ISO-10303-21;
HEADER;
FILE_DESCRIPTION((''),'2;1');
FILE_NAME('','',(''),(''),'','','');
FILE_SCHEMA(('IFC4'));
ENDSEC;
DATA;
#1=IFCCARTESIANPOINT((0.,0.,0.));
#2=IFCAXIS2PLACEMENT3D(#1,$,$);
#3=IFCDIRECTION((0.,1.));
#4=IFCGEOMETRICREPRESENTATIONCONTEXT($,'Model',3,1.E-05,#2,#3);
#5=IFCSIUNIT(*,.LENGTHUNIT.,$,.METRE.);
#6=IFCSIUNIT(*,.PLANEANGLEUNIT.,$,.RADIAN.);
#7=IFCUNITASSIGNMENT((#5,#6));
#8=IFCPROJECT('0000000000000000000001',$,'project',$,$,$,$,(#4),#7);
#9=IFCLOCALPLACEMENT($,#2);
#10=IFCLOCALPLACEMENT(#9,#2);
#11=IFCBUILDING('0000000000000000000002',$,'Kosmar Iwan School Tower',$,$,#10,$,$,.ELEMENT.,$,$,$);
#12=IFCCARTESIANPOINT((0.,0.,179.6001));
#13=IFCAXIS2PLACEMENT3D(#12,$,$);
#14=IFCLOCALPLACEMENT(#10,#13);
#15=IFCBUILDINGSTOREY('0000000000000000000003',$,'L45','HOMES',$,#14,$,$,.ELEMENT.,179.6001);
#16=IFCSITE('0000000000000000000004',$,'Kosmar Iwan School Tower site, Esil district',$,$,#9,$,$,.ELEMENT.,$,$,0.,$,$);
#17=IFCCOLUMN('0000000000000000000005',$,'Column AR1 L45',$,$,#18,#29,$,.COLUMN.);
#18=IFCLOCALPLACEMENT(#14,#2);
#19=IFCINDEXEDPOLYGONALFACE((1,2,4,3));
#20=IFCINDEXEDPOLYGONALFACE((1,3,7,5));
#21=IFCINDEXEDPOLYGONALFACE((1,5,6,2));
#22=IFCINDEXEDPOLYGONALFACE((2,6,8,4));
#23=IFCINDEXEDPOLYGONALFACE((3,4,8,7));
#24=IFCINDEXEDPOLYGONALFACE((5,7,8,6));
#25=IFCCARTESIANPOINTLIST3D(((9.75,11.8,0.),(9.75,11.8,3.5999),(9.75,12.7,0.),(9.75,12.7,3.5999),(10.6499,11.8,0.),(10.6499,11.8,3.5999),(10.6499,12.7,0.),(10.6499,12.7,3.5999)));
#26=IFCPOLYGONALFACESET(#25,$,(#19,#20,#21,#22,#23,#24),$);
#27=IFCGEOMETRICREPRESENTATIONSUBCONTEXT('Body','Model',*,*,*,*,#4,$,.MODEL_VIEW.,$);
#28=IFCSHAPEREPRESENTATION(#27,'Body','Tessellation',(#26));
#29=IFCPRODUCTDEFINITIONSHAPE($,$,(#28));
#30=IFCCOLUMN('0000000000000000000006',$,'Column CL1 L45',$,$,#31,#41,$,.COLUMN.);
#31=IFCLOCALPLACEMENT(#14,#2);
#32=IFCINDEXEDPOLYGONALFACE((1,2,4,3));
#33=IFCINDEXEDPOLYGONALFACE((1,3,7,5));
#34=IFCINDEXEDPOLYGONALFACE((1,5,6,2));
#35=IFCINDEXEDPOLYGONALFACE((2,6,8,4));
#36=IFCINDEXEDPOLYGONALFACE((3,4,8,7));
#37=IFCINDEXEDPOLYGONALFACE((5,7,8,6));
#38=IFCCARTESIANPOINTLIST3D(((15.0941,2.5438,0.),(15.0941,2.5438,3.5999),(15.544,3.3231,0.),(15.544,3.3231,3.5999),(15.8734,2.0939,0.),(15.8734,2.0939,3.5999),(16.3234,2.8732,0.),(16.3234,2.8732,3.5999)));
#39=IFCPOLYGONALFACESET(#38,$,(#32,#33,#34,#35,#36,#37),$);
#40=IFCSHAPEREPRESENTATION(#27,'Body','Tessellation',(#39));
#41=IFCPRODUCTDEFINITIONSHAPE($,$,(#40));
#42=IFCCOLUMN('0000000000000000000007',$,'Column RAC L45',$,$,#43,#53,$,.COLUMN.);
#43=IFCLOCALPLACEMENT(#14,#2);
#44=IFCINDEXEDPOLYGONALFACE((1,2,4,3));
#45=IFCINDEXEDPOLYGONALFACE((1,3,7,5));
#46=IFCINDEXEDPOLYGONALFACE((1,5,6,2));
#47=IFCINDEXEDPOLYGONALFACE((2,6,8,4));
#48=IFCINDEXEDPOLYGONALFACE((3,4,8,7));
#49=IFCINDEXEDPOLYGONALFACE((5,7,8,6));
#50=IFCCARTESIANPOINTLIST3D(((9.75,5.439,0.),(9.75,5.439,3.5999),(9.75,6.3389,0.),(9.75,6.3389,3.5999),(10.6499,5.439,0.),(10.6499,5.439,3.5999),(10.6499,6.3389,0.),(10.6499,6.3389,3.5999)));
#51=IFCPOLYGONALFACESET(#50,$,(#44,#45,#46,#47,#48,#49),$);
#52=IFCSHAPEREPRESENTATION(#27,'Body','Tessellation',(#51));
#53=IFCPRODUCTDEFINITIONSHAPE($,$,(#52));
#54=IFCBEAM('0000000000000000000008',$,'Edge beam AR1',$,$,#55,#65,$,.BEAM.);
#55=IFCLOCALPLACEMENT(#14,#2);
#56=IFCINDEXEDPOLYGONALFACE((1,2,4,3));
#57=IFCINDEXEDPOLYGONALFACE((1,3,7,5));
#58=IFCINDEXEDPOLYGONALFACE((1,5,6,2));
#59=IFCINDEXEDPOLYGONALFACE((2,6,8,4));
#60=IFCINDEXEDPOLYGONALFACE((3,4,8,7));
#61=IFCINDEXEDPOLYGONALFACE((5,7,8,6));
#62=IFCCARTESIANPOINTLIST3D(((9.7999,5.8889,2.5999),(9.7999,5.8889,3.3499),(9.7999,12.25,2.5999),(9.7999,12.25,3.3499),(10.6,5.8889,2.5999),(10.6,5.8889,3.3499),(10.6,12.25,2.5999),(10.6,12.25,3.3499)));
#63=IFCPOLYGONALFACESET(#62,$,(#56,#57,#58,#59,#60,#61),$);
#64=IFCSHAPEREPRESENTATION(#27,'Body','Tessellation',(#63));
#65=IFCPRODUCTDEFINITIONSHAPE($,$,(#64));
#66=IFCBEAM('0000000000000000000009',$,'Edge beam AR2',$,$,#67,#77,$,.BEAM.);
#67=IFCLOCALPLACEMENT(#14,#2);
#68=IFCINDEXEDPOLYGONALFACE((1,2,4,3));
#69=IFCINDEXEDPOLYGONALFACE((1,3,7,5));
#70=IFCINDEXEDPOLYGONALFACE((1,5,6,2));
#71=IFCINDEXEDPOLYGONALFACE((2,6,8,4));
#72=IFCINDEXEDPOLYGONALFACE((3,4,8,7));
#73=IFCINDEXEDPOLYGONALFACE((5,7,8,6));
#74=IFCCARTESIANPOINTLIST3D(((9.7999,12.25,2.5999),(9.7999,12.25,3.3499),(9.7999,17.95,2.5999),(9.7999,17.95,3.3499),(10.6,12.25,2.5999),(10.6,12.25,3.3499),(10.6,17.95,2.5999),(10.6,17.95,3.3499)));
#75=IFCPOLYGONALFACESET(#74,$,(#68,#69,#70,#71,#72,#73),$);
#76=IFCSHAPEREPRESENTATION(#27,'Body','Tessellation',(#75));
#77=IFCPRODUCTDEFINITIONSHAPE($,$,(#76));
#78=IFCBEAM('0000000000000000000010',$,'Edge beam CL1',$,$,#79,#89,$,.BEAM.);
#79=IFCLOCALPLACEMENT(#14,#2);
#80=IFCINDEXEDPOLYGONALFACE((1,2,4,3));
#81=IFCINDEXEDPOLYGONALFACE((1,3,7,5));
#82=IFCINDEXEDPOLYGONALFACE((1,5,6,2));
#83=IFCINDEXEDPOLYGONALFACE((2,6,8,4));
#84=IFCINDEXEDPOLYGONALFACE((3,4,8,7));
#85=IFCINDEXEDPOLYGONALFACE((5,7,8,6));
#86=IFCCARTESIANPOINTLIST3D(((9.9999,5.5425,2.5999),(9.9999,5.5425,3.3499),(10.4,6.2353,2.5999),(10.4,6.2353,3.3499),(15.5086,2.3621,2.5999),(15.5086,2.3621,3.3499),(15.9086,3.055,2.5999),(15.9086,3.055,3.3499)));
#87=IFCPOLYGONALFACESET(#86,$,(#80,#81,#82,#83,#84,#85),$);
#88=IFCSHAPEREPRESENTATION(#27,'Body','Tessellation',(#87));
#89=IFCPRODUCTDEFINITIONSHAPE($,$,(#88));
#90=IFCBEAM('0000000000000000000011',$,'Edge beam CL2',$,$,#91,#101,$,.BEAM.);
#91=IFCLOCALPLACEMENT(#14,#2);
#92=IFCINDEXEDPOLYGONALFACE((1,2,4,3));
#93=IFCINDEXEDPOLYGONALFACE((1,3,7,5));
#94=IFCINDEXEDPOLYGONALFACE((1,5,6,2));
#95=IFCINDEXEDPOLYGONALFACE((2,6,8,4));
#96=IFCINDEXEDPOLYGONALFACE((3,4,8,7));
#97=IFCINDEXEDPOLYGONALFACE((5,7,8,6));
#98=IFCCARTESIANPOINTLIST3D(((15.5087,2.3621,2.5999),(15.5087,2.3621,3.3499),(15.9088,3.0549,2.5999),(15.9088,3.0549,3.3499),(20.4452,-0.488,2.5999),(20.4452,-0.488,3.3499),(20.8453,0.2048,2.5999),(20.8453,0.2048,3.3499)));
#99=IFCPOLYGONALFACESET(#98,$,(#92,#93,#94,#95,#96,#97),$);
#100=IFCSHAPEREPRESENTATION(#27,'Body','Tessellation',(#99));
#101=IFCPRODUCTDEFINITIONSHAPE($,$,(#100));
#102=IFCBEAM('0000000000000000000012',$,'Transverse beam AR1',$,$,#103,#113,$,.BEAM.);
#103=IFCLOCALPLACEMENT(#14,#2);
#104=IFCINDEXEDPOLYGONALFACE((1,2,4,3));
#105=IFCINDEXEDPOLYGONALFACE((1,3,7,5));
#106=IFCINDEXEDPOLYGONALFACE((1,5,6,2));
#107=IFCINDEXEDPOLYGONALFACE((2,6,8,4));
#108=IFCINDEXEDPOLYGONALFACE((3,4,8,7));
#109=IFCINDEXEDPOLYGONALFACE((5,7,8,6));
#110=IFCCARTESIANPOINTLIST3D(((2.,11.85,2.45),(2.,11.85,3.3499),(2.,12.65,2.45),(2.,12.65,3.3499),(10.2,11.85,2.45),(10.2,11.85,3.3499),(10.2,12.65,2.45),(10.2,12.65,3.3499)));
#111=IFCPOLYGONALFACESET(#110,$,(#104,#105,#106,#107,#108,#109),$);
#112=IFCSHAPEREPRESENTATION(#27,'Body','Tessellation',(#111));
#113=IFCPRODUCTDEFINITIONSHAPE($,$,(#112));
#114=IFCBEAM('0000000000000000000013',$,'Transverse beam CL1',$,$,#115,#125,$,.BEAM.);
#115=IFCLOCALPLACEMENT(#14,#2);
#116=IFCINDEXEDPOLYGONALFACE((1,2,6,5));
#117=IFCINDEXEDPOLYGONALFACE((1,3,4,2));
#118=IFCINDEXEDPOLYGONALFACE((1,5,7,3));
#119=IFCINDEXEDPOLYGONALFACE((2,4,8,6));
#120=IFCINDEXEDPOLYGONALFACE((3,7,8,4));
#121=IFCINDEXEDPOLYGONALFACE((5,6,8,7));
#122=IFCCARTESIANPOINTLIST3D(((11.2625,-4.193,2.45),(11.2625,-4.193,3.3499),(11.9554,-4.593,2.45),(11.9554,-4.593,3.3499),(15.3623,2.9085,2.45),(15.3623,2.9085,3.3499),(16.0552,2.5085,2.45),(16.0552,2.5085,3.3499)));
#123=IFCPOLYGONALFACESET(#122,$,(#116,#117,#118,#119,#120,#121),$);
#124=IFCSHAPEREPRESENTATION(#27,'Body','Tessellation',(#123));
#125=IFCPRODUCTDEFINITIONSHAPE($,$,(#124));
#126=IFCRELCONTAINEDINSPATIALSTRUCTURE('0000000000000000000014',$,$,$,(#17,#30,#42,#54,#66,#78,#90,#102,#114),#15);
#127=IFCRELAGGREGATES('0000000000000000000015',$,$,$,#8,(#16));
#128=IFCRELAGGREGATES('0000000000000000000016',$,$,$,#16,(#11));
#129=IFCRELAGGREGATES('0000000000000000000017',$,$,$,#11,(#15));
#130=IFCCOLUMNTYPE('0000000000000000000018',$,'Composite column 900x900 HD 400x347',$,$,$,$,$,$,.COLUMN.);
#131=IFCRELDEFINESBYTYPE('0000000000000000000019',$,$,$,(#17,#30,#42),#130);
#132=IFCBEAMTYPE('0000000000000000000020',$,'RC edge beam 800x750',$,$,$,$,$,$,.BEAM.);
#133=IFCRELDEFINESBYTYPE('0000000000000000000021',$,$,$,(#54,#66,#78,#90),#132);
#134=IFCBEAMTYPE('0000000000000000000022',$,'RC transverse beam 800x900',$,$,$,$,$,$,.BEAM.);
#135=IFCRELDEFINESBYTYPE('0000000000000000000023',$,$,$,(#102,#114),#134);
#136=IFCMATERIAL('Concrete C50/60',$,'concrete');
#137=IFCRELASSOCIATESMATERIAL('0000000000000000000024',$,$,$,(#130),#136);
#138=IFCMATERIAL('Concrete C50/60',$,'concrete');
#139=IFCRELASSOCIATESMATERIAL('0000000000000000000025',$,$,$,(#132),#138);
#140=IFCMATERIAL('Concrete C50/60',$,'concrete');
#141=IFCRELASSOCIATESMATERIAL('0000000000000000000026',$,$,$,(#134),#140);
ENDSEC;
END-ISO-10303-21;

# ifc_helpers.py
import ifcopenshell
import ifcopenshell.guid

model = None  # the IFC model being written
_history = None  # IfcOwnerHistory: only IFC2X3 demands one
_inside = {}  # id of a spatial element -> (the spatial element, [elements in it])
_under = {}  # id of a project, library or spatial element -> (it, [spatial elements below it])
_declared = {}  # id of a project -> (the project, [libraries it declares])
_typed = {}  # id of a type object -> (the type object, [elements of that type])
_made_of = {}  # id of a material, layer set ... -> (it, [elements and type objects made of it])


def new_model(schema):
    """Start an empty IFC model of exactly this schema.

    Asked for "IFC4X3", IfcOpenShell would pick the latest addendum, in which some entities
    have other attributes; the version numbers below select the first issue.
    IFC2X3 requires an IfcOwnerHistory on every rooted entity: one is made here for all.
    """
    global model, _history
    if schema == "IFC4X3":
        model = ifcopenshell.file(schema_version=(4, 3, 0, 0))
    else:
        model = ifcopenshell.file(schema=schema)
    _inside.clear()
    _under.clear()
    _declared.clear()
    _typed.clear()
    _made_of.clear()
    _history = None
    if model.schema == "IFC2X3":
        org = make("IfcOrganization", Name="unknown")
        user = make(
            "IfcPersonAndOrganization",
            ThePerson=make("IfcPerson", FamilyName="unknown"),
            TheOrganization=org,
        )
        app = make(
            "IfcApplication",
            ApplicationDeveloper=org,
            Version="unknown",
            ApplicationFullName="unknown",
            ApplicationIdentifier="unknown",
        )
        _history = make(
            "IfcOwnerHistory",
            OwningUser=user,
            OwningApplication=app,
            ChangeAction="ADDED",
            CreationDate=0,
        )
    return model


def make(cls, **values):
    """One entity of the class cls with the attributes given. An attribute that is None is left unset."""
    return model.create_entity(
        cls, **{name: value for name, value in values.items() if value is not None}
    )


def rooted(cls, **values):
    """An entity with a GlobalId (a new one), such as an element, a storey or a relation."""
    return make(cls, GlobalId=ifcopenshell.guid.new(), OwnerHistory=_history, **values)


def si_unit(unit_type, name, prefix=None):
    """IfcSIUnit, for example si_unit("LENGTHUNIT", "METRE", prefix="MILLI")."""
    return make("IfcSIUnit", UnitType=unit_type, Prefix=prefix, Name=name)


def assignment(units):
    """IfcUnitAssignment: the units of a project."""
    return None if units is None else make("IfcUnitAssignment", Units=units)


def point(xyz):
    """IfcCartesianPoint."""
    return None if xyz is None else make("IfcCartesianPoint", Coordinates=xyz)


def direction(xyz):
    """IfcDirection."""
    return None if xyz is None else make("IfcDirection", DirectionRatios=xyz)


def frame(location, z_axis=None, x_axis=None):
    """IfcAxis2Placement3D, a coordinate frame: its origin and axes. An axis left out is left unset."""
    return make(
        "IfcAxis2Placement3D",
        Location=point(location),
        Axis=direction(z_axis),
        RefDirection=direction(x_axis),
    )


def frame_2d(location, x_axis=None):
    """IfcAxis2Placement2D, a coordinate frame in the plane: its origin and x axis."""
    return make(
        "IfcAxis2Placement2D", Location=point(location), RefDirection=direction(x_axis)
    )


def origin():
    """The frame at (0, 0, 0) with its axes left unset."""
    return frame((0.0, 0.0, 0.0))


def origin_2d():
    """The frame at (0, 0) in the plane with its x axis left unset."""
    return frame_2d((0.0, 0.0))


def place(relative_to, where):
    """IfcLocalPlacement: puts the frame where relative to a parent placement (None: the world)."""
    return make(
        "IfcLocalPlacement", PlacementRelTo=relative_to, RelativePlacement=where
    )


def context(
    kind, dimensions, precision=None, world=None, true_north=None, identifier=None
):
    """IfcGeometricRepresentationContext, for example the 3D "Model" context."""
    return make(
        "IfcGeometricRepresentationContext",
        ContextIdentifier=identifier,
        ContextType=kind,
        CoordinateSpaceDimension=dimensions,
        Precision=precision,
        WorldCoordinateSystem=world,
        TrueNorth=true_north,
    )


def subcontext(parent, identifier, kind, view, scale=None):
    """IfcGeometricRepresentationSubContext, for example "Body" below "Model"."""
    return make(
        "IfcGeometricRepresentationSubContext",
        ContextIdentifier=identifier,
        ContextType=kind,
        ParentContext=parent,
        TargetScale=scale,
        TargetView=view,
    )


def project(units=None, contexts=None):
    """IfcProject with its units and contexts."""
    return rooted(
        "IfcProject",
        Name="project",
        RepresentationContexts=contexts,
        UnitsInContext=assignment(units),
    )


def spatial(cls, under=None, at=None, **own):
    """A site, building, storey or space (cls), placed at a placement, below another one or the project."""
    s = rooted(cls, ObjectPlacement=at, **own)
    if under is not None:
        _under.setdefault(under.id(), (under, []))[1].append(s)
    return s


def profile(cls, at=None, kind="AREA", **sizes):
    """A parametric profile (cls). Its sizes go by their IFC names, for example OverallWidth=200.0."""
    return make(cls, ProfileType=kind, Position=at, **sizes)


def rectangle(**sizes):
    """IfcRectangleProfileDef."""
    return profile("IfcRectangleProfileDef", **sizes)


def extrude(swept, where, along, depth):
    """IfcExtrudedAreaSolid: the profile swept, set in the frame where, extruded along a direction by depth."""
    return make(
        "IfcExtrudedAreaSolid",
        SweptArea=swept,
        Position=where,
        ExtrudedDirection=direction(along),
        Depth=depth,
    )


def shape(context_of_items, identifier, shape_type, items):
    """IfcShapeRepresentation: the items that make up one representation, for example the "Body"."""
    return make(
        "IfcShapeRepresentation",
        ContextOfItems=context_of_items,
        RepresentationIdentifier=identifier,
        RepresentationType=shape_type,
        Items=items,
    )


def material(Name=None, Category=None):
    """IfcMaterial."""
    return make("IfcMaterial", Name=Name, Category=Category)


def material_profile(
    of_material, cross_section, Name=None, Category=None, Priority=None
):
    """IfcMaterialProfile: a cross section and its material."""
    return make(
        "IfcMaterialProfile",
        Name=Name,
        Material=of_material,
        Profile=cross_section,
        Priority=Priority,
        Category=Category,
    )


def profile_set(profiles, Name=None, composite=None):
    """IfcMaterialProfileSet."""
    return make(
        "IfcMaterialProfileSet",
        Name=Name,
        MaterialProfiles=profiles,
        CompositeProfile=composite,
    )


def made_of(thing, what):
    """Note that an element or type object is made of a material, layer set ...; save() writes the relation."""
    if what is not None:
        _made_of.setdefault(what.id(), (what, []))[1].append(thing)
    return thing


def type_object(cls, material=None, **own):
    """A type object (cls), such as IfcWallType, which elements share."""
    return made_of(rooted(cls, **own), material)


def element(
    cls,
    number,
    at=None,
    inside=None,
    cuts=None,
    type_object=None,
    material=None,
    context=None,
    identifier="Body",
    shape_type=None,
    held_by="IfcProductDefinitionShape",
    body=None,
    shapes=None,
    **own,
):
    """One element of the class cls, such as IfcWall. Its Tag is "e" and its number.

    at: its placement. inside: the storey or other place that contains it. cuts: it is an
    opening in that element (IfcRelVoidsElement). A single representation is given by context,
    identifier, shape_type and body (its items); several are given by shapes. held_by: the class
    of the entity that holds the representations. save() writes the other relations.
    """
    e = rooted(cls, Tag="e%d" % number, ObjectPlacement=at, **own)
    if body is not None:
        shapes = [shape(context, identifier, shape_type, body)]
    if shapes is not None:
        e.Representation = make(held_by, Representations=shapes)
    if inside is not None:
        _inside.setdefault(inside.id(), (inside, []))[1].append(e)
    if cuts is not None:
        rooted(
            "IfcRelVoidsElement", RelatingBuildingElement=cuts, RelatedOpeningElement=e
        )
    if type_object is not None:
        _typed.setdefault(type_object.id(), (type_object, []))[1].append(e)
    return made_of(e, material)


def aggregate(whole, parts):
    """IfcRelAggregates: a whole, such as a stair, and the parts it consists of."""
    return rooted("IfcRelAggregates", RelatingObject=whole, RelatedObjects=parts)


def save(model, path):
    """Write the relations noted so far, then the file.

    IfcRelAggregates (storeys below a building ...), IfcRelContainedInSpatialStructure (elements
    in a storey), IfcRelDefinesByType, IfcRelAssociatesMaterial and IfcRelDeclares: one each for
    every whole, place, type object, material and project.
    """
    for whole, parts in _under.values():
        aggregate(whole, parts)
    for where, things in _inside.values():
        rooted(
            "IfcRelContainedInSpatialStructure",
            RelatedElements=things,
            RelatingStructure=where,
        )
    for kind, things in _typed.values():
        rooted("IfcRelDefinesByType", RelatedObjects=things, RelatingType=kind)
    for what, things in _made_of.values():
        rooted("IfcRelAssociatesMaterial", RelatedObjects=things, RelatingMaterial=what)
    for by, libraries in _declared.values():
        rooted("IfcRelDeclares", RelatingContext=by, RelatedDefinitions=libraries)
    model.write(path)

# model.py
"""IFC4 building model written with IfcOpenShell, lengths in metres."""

from ifc_helpers import new_model, si_unit, direction, frame, origin, origin_2d, place, context, subcontext, project, spatial, rectangle, extrude, material, material_profile, profile_set, type_object, element, save


model = new_model("IFC4")

# Units and contexts
model_context = context("Model", 3, precision=1e-05, world=origin(), true_north=direction((0.0, 1.0)))
body_context = subcontext(model_context, "Body", "Model", "MODEL_VIEW")
ifc_project = project(units=[si_unit("LENGTHUNIT", "METRE"), si_unit("PLANEANGLEUNIT", "RADIAN")], contexts=[model_context])

# Site, building, storey
site_placement = place(None, origin())
site = spatial("IfcSite", under=ifc_project, at=site_placement, Name="Kosmar Iwan School Tower site, Esil district", CompositionType="ELEMENT", RefElevation=0.0)
building_placement = place(site_placement, origin())
building = spatial("IfcBuilding", under=site, at=building_placement, Name="Kosmar Iwan School Tower", CompositionType="ELEMENT")
storey_placement = place(building_placement, frame((0.0, 0.0, 179.6001)))
storey = spatial("IfcBuildingStorey", under=building, at=storey_placement, Name="L45", Description="HOMES", CompositionType="ELEMENT", Elevation=179.6001)

# Columns
ifc_material_1 = material(Name="Concrete C50/60", Category="concrete")
ifc_material_profile_1 = material_profile(ifc_material_1, rectangle(XDim=0.8999, YDim=0.8999, at=origin_2d()), Name="RC 900x900 + HD 400x347")
ifc_profile_set_1 = profile_set([ifc_material_profile_1], Name="Concrete C50/60")
column_type = type_object("IfcColumnType", Name="Composite column 900x900 HD 400x347", PredefinedType="COLUMN", material=ifc_profile_set_1)
for number, where, z_axis, x_axis, name in (
    (1, (10.2, 12.25, 0.0), (0.0, 0.0, 1.0), (0.0, 1.0, 0.0), "Column AR1 L45"),
    (2, (15.7087, 2.7085, 0.0), (0.0, 0.0, 1.0), (0.866025, -0.5, 0.0), "Column CL1 L45"),
    (3, (10.2, 5.8889, 0.0), (0.0, 0.0, 1.0), (1.0, 0.0, 0.0), "Column RAC L45"),
):
    element("IfcColumn", number, at=place(storey_placement, frame(where, z_axis=z_axis, x_axis=x_axis)), inside=storey, type_object=column_type, Name=name, PredefinedType="COLUMN", context=body_context, shape_type="SweptSolid", body=[
        extrude(rectangle(XDim=0.8999, YDim=0.8999, at=origin_2d()), origin(), (0.0, 0.0, 1.0), 3.5999),
    ])

# Beams
ifc_material_2 = material(Name="Concrete C50/60", Category="concrete")
ifc_material_profile_2 = material_profile(ifc_material_2, rectangle(XDim=0.8, YDim=0.75, at=origin_2d()), Name="RC 800x750")
ifc_profile_set_2 = profile_set([ifc_material_profile_2], Name="Concrete C50/60")
beam_type_1 = type_object("IfcBeamType", Name="RC edge beam 800x750", PredefinedType="BEAM", material=ifc_profile_set_2)
beam_1_placement = place(storey_placement, frame((10.2, 5.8889, 2.9749), z_axis=(0.0, 1.0, 0.0), x_axis=(-1.0, 0.0, 0.0)))
element("IfcBeam", 4, at=beam_1_placement, inside=storey, type_object=beam_type_1, Name="Edge beam AR1", PredefinedType="BEAM", context=body_context, shape_type="SweptSolid", body=[
    extrude(rectangle(XDim=0.8, YDim=0.75, at=origin_2d()), origin(), (0.0, 0.0, 1.0), 6.3611),
])
beam_2_placement = place(storey_placement, frame((10.2, 12.25, 2.9749), z_axis=(0.0, 1.0, 0.0), x_axis=(-1.0, 0.0, 0.0)))
element("IfcBeam", 5, at=beam_2_placement, inside=storey, type_object=beam_type_1, Name="Edge beam AR2", PredefinedType="BEAM", context=body_context, shape_type="SweptSolid", body=[
    extrude(rectangle(XDim=0.8, YDim=0.75, at=origin_2d()), origin(), (0.0, 0.0, 1.0), 5.7),
])
beam_3_placement = place(storey_placement, frame((10.2, 5.8889, 2.9749), z_axis=(0.866031, -0.49999, 0.0), x_axis=(0.49999, 0.866031, 0.0)))
element("IfcBeam", 6, at=beam_3_placement, inside=storey, type_object=beam_type_1, Name="Edge beam CL1", PredefinedType="BEAM", context=body_context, shape_type="SweptSolid", body=[
    extrude(rectangle(XDim=0.8, YDim=0.75, at=origin_2d()), origin(), (0.0, 0.0, 1.0), 6.3608),
])
beam_4_placement = place(storey_placement, frame((15.7087, 2.7085, 2.9749), z_axis=(0.866026, -0.499999, 0.0), x_axis=(0.499999, 0.866026, 0.0)))
element("IfcBeam", 7, at=beam_4_placement, inside=storey, type_object=beam_type_1, Name="Edge beam CL2", PredefinedType="BEAM", context=body_context, shape_type="SweptSolid", body=[
    extrude(rectangle(XDim=0.8, YDim=0.75, at=origin_2d()), origin(), (0.0, 0.0, 1.0), 5.7002),
])
ifc_material_3 = material(Name="Concrete C50/60", Category="concrete")
ifc_material_profile_3 = material_profile(ifc_material_3, rectangle(XDim=0.8, YDim=0.8999, at=origin_2d()), Name="RC 800x900")
ifc_profile_set_3 = profile_set([ifc_material_profile_3], Name="Concrete C50/60")
beam_type_2 = type_object("IfcBeamType", Name="RC transverse beam 800x900", PredefinedType="BEAM", material=ifc_profile_set_3)
for number, where, z_axis, x_axis, name in (
    (8, (10.2, 12.25, 2.8999), (-1.0, 0.0, 0.0), (0.0, -1.0, 0.0), "Transverse beam AR1"),
    (9, (15.7087, 2.7085, 2.8999), (-0.499978, -0.866038, 0.0), (0.866038, -0.499978, 0.0), "Transverse beam CL1"),
):
    element("IfcBeam", number, at=place(storey_placement, frame(where, z_axis=z_axis, x_axis=x_axis)), inside=storey, type_object=beam_type_2, Name=name, PredefinedType="BEAM", context=body_context, shape_type="SweptSolid", body=[
        extrude(rectangle(XDim=0.8, YDim=0.8999, at=origin_2d()), origin(), (0.0, 0.0, 1.0), 8.2),
    ])

save(model, "model.ifc")
